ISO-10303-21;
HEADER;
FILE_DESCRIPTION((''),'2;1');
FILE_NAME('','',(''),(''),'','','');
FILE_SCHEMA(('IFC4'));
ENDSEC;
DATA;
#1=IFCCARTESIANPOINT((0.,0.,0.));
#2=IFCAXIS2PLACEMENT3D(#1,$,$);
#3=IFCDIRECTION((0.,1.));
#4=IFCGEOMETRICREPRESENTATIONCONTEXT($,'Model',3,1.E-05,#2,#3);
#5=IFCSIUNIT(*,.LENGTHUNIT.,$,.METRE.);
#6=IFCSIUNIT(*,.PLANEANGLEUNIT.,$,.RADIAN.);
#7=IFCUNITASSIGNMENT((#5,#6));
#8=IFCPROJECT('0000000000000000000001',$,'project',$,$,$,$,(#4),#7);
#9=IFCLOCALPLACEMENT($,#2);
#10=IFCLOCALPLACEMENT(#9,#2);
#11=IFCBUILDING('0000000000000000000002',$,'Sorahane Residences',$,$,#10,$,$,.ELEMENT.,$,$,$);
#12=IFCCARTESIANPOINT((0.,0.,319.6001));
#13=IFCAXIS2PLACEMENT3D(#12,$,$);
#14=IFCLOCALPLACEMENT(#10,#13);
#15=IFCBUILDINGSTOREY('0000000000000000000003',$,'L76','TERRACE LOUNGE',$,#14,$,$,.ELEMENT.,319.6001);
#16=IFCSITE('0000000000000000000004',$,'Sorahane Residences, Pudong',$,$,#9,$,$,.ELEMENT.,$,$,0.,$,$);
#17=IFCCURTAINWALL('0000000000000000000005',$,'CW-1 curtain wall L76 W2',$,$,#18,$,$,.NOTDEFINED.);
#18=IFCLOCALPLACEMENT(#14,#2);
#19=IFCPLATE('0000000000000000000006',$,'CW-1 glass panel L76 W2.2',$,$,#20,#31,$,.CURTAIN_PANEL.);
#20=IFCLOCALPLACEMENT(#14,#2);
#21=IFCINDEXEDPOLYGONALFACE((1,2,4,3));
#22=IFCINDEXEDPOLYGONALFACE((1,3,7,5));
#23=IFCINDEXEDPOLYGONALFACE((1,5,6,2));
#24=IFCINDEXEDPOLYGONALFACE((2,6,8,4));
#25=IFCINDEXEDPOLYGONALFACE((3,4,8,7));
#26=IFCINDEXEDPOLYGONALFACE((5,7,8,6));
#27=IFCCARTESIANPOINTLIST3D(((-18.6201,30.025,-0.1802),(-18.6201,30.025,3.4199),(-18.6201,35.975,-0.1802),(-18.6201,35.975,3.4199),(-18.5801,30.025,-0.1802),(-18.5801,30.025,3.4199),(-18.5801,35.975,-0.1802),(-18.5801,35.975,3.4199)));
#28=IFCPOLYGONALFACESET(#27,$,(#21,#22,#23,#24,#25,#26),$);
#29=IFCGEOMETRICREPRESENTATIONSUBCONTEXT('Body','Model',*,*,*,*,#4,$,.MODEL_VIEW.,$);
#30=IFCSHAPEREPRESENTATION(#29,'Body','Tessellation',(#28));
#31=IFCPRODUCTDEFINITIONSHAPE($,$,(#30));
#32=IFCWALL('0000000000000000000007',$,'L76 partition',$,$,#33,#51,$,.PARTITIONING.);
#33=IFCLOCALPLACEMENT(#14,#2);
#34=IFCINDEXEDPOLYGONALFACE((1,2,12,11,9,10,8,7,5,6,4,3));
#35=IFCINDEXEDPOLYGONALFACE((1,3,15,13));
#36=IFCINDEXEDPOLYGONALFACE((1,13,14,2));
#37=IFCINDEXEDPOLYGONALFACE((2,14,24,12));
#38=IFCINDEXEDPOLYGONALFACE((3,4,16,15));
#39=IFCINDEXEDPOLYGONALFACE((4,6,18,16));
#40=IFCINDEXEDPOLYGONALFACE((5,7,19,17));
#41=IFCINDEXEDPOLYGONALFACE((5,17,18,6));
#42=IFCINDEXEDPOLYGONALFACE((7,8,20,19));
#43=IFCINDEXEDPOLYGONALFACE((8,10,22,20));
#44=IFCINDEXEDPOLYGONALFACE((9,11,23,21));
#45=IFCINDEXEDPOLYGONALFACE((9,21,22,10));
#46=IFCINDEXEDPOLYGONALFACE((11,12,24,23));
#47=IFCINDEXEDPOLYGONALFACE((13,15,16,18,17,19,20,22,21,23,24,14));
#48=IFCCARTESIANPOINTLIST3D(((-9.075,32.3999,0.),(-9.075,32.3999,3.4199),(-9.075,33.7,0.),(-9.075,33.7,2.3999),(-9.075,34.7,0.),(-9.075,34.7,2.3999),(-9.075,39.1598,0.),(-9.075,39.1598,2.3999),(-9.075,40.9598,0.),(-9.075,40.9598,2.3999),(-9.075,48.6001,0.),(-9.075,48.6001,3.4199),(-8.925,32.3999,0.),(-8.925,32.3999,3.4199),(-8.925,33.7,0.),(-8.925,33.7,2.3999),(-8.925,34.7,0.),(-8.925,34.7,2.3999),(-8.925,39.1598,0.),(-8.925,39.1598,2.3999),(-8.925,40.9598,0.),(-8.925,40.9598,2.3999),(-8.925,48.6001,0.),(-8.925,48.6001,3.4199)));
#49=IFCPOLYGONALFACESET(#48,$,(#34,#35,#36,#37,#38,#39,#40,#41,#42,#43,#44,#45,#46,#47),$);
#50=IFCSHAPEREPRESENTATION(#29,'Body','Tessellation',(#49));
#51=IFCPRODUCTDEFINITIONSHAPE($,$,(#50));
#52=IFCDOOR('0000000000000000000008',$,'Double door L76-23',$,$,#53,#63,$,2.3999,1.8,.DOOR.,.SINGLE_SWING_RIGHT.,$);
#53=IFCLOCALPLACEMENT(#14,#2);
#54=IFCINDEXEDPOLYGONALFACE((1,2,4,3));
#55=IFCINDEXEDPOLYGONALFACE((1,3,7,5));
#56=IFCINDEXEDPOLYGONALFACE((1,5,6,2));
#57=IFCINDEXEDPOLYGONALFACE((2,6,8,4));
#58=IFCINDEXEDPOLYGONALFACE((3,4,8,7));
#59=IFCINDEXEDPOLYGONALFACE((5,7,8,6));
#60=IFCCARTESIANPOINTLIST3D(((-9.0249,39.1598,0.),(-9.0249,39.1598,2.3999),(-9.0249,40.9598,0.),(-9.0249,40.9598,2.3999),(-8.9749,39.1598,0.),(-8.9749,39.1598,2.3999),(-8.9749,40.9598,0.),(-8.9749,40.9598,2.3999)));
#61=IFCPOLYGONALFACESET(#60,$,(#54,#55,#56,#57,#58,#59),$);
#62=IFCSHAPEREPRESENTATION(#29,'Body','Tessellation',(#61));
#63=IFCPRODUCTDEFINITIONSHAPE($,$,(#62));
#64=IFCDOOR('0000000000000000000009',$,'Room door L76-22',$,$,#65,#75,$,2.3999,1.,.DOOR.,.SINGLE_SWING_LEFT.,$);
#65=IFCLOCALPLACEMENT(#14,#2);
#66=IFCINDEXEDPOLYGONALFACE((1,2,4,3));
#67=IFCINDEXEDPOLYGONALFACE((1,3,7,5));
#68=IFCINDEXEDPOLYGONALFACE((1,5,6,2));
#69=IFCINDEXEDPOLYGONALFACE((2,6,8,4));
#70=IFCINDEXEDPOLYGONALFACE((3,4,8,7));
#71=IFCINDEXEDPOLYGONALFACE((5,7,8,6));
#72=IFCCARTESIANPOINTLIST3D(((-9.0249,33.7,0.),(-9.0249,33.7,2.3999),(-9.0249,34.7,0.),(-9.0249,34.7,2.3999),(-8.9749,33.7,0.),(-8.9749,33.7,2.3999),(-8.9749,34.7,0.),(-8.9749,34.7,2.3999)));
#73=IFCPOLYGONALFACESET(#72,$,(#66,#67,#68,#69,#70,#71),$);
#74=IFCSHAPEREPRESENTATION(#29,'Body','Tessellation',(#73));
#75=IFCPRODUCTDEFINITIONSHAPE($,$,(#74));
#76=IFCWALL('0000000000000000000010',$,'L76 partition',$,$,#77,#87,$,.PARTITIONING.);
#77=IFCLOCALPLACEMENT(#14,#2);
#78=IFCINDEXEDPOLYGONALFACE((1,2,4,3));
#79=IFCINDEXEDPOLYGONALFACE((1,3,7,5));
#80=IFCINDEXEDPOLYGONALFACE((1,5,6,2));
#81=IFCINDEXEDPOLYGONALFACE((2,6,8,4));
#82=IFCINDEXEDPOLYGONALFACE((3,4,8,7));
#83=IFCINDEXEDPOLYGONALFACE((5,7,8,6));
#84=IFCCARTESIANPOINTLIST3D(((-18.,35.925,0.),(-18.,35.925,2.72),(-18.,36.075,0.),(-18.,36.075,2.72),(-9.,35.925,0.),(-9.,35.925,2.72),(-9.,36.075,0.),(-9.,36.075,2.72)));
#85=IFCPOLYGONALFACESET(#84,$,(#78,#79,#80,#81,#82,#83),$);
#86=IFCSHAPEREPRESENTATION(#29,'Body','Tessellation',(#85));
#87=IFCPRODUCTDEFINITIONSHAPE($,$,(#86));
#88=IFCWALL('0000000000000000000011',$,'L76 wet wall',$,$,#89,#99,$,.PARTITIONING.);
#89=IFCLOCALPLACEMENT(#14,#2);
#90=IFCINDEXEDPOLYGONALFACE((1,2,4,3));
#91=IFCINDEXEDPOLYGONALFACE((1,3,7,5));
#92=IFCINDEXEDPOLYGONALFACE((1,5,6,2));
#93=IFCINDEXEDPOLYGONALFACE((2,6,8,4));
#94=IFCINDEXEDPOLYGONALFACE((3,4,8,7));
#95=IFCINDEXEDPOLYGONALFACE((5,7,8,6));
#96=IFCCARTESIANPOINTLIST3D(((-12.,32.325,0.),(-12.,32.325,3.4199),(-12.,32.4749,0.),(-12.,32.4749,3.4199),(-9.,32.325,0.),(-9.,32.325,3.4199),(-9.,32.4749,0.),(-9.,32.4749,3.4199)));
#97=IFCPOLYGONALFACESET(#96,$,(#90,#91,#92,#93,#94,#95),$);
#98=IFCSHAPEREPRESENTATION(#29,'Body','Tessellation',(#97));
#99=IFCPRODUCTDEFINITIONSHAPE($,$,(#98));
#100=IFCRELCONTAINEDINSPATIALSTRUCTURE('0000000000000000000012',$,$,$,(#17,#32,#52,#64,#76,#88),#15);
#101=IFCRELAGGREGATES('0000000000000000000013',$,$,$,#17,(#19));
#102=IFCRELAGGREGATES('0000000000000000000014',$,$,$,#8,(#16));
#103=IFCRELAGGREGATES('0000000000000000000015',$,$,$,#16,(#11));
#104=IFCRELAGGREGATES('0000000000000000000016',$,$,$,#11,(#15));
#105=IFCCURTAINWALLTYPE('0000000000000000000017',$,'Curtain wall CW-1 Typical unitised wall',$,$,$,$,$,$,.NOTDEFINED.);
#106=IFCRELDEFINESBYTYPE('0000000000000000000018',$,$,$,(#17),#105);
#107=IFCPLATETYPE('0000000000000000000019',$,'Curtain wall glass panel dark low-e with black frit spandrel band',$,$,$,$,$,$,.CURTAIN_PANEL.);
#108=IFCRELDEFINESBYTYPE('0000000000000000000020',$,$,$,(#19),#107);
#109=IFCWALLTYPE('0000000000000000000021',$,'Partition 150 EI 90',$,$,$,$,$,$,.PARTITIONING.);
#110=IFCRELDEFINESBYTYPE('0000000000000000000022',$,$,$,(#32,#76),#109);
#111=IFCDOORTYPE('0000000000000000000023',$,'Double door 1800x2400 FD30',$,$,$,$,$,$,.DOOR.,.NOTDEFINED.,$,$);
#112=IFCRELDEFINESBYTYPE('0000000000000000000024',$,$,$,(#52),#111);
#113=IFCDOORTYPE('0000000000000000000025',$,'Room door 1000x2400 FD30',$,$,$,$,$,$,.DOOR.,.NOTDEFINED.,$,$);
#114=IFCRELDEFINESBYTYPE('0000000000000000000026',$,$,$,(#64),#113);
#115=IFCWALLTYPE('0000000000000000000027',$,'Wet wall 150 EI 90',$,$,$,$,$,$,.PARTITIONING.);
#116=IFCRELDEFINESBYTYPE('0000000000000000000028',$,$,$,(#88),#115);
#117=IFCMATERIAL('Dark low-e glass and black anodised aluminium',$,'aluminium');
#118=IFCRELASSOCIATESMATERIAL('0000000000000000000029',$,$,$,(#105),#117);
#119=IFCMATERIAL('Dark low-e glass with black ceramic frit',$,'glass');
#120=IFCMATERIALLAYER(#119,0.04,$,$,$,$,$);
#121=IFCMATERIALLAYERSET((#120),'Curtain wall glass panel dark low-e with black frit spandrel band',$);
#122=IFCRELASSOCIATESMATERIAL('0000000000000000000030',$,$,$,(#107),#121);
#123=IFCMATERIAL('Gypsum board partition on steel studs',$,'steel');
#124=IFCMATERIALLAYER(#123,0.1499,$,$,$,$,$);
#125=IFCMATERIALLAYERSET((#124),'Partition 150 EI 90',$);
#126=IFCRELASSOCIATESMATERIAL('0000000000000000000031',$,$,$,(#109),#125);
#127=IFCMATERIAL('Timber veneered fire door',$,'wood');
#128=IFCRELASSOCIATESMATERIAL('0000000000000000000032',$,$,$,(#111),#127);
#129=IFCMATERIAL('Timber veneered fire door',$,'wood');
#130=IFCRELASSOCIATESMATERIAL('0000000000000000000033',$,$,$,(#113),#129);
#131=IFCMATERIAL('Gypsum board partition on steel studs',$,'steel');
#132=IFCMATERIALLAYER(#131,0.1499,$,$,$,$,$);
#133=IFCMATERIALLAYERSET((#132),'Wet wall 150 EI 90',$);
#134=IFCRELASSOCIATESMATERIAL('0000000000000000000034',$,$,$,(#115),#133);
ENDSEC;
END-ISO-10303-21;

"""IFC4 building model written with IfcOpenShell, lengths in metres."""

from ifc_helpers import new_model, si_unit, direction, frame, frame_2d, origin, origin_2d, place, context, subcontext, project, spatial, rectangle, extrude, material, layer, layer_set, type_object, element, fill, aggregate, save


model = new_model("IFC4")

# Units and contexts
model_context = context("Model", 3, precision=1e-05, world=origin(), true_north=direction((0.0, 1.0)))
body_context = subcontext(model_context, "Body", "Model", "MODEL_VIEW")
ifc_project = project(units=[si_unit("LENGTHUNIT", "METRE"), si_unit("PLANEANGLEUNIT", "RADIAN")], contexts=[model_context])

# Site, building, storey
site_placement = place(None, origin())
site = spatial("IfcSite", under=ifc_project, at=site_placement, Name="Sorahane Residences, Pudong", CompositionType="ELEMENT", RefElevation=0.0)
building_placement = place(site_placement, origin())
building = spatial("IfcBuilding", under=site, at=building_placement, Name="Sorahane Residences", CompositionType="ELEMENT")
storey_placement = place(building_placement, frame((0.0, 0.0, 319.6001)))
storey = spatial("IfcBuildingStorey", under=building, at=storey_placement, Name="L76", Description="TERRACE LOUNGE", CompositionType="ELEMENT", Elevation=319.6001)

# Curtain wall
ifc_material_1 = material(Name="Dark low-e glass and black anodised aluminium", Category="aluminium")
curtain_wall_type_1 = type_object("IfcCurtainWallType", Name="Curtain wall CW-1 Typical unitised wall", PredefinedType="NOTDEFINED", material=ifc_material_1)
curtain_wall_1_placement = place(storey_placement, origin())
curtain_wall_1 = element("IfcCurtainWall", 1, at=curtain_wall_1_placement, inside=storey, type_object=curtain_wall_type_1, Name="CW-1 curtain wall L76 W2", PredefinedType="NOTDEFINED")

# Plate
ifc_material_2 = material(Name="Dark low-e glass with black ceramic frit", Category="glass")
ifc_layer_1 = layer(ifc_material_2, 0.04)
ifc_layer_set_1 = layer_set([ifc_layer_1], Name="Curtain wall glass panel dark low-e with black frit spandrel band")
plate_type = type_object("IfcPlateType", Name="Curtain wall glass panel dark low-e with black frit spandrel band", PredefinedType="CURTAIN_PANEL", material=ifc_layer_set_1)
plate_1_placement = place(storey_placement, frame((-18.6001, 33.0, -0.1802), z_axis=(0.0, 0.0, 1.0), x_axis=(0.0, -1.0, 0.0)))
plate_1 = element("IfcPlate", 2, at=plate_1_placement, type_object=plate_type, Name="CW-1 glass panel L76 W2.2", PredefinedType="CURTAIN_PANEL", context=body_context, shape_type="SweptSolid", body=[
    extrude(rectangle(XDim=5.95, YDim=0.04, at=origin_2d()), origin(), (0.0, 0.0, 1.0), 3.6001),
])
aggregate(curtain_wall_1, [plate_1])

# Wall, openings, doors
ifc_material_3 = material(Name="Gypsum board partition on steel studs", Category="steel")
ifc_layer_2 = layer(ifc_material_3, 0.1499)
ifc_layer_set_2 = layer_set([ifc_layer_2], Name="Partition 150 EI 90")
wall_type_1 = type_object("IfcWallType", Name="Partition 150 EI 90", PredefinedType="PARTITIONING", material=ifc_layer_set_2)
wall_1_placement = place(storey_placement, frame((-9.0, 32.3999, 0.0), z_axis=(0.0, 0.0, 1.0), x_axis=(0.0, 1.0, 0.0)))
wall_1 = element("IfcWall", 3, at=wall_1_placement, inside=storey, type_object=wall_type_1, Name="L76 partition", PredefinedType="PARTITIONING", context=body_context, shape_type="SweptSolid", body=[
    extrude(rectangle(XDim=16.2002, YDim=0.1499, at=frame_2d((8.1001, 0.0))), origin(), (0.0, 0.0, 1.0), 3.4199),
])
opening_1_placement = place(wall_1_placement, frame((1.3, 0.0, 0.0)))
opening_1 = element("IfcOpeningElement", 4, at=opening_1_placement, cuts=wall_1, PredefinedType="OPENING", context=body_context, shape_type="SweptSolid", body=[
    extrude(rectangle(XDim=1.0, YDim=2.3999, at=frame_2d((0.5, 1.2))), frame((0.0, 0.085, 0.0), z_axis=(0.0, -1.0, 0.0), x_axis=(1.0, 0.0, 0.0)), (0.0, 0.0, 1.0), 0.1699),
])
opening_2_placement = place(wall_1_placement, frame((6.76, 0.0, 0.0)))
opening_2 = element("IfcOpeningElement", 5, at=opening_2_placement, cuts=wall_1, PredefinedType="OPENING", context=body_context, shape_type="SweptSolid", body=[
    extrude(rectangle(XDim=1.8, YDim=2.3999, at=frame_2d((0.8999, 1.2))), frame((0.0, 0.085, 0.0), z_axis=(0.0, -1.0, 0.0), x_axis=(1.0, 0.0, 0.0)), (0.0, 0.0, 1.0), 0.1699),
])
ifc_material_4 = material(Name="Timber veneered fire door", Category="wood")
door_type_1 = type_object("IfcDoorType", Name="Double door 1800x2400 FD30", OperationType="NOTDEFINED", PredefinedType="DOOR", material=ifc_material_4)
door_1_placement = place(opening_2_placement, origin())
door_1 = element("IfcDoor", 6, at=door_1_placement, inside=storey, type_object=door_type_1, Name="Double door L76-23", OperationType="SINGLE_SWING_RIGHT", OverallHeight=2.3999, OverallWidth=1.8, PredefinedType="DOOR", context=body_context, shape_type="SweptSolid", body=[
    extrude(rectangle(XDim=1.8, YDim=2.3999, at=frame_2d((0.8999, 1.2))), frame((0.0, 0.0249, 0.0), z_axis=(0.0, -1.0, 0.0), x_axis=(1.0, 0.0, 0.0)), (0.0, 0.0, 1.0), 0.05),
])
fill(opening_2, door_1)
ifc_material_5 = material(Name="Timber veneered fire door", Category="wood")
door_type_2 = type_object("IfcDoorType", Name="Room door 1000x2400 FD30", OperationType="NOTDEFINED", PredefinedType="DOOR", material=ifc_material_5)
door_2_placement = place(opening_1_placement, origin())
door_2 = element("IfcDoor", 7, at=door_2_placement, inside=storey, type_object=door_type_2, Name="Room door L76-22", OperationType="SINGLE_SWING_LEFT", OverallHeight=2.3999, OverallWidth=1.0, PredefinedType="DOOR", context=body_context, shape_type="SweptSolid", body=[
    extrude(rectangle(XDim=1.0, YDim=2.3999, at=frame_2d((0.5, 1.2))), frame((0.0, 0.0249, 0.0), z_axis=(0.0, -1.0, 0.0), x_axis=(1.0, 0.0, 0.0)), (0.0, 0.0, 1.0), 0.05),
])
fill(opening_1, door_2)

# Walls
wall_2_placement = place(storey_placement, frame((-18.0, 36.0, 0.0), z_axis=(0.0, 0.0, 1.0), x_axis=(1.0, 0.0, 0.0)))
element("IfcWall", 8, at=wall_2_placement, inside=storey, type_object=wall_type_1, Name="L76 partition", PredefinedType="PARTITIONING", context=body_context, shape_type="SweptSolid", body=[
    extrude(rectangle(XDim=9.0, YDim=0.1499, at=frame_2d((4.5, 0.0))), origin(), (0.0, 0.0, 1.0), 2.72),
])
ifc_material_6 = material(Name="Gypsum board partition on steel studs", Category="steel")
ifc_layer_3 = layer(ifc_material_6, 0.1499)
ifc_layer_set_3 = layer_set([ifc_layer_3], Name="Wet wall 150 EI 90")
wall_type_2 = type_object("IfcWallType", Name="Wet wall 150 EI 90", PredefinedType="PARTITIONING", material=ifc_layer_set_3)
wall_3_placement = place(storey_placement, frame((-12.0, 32.3999, 0.0), z_axis=(0.0, 0.0, 1.0), x_axis=(1.0, 0.0, 0.0)))
element("IfcWall", 9, at=wall_3_placement, inside=storey, type_object=wall_type_2, Name="L76 wet wall", PredefinedType="PARTITIONING", context=body_context, shape_type="SweptSolid", body=[
    extrude(rectangle(XDim=3.0, YDim=0.1499, at=frame_2d((1.5, 0.0))), origin(), (0.0, 0.0, 1.0), 3.4199),
])

save(model, "model.ifc")
